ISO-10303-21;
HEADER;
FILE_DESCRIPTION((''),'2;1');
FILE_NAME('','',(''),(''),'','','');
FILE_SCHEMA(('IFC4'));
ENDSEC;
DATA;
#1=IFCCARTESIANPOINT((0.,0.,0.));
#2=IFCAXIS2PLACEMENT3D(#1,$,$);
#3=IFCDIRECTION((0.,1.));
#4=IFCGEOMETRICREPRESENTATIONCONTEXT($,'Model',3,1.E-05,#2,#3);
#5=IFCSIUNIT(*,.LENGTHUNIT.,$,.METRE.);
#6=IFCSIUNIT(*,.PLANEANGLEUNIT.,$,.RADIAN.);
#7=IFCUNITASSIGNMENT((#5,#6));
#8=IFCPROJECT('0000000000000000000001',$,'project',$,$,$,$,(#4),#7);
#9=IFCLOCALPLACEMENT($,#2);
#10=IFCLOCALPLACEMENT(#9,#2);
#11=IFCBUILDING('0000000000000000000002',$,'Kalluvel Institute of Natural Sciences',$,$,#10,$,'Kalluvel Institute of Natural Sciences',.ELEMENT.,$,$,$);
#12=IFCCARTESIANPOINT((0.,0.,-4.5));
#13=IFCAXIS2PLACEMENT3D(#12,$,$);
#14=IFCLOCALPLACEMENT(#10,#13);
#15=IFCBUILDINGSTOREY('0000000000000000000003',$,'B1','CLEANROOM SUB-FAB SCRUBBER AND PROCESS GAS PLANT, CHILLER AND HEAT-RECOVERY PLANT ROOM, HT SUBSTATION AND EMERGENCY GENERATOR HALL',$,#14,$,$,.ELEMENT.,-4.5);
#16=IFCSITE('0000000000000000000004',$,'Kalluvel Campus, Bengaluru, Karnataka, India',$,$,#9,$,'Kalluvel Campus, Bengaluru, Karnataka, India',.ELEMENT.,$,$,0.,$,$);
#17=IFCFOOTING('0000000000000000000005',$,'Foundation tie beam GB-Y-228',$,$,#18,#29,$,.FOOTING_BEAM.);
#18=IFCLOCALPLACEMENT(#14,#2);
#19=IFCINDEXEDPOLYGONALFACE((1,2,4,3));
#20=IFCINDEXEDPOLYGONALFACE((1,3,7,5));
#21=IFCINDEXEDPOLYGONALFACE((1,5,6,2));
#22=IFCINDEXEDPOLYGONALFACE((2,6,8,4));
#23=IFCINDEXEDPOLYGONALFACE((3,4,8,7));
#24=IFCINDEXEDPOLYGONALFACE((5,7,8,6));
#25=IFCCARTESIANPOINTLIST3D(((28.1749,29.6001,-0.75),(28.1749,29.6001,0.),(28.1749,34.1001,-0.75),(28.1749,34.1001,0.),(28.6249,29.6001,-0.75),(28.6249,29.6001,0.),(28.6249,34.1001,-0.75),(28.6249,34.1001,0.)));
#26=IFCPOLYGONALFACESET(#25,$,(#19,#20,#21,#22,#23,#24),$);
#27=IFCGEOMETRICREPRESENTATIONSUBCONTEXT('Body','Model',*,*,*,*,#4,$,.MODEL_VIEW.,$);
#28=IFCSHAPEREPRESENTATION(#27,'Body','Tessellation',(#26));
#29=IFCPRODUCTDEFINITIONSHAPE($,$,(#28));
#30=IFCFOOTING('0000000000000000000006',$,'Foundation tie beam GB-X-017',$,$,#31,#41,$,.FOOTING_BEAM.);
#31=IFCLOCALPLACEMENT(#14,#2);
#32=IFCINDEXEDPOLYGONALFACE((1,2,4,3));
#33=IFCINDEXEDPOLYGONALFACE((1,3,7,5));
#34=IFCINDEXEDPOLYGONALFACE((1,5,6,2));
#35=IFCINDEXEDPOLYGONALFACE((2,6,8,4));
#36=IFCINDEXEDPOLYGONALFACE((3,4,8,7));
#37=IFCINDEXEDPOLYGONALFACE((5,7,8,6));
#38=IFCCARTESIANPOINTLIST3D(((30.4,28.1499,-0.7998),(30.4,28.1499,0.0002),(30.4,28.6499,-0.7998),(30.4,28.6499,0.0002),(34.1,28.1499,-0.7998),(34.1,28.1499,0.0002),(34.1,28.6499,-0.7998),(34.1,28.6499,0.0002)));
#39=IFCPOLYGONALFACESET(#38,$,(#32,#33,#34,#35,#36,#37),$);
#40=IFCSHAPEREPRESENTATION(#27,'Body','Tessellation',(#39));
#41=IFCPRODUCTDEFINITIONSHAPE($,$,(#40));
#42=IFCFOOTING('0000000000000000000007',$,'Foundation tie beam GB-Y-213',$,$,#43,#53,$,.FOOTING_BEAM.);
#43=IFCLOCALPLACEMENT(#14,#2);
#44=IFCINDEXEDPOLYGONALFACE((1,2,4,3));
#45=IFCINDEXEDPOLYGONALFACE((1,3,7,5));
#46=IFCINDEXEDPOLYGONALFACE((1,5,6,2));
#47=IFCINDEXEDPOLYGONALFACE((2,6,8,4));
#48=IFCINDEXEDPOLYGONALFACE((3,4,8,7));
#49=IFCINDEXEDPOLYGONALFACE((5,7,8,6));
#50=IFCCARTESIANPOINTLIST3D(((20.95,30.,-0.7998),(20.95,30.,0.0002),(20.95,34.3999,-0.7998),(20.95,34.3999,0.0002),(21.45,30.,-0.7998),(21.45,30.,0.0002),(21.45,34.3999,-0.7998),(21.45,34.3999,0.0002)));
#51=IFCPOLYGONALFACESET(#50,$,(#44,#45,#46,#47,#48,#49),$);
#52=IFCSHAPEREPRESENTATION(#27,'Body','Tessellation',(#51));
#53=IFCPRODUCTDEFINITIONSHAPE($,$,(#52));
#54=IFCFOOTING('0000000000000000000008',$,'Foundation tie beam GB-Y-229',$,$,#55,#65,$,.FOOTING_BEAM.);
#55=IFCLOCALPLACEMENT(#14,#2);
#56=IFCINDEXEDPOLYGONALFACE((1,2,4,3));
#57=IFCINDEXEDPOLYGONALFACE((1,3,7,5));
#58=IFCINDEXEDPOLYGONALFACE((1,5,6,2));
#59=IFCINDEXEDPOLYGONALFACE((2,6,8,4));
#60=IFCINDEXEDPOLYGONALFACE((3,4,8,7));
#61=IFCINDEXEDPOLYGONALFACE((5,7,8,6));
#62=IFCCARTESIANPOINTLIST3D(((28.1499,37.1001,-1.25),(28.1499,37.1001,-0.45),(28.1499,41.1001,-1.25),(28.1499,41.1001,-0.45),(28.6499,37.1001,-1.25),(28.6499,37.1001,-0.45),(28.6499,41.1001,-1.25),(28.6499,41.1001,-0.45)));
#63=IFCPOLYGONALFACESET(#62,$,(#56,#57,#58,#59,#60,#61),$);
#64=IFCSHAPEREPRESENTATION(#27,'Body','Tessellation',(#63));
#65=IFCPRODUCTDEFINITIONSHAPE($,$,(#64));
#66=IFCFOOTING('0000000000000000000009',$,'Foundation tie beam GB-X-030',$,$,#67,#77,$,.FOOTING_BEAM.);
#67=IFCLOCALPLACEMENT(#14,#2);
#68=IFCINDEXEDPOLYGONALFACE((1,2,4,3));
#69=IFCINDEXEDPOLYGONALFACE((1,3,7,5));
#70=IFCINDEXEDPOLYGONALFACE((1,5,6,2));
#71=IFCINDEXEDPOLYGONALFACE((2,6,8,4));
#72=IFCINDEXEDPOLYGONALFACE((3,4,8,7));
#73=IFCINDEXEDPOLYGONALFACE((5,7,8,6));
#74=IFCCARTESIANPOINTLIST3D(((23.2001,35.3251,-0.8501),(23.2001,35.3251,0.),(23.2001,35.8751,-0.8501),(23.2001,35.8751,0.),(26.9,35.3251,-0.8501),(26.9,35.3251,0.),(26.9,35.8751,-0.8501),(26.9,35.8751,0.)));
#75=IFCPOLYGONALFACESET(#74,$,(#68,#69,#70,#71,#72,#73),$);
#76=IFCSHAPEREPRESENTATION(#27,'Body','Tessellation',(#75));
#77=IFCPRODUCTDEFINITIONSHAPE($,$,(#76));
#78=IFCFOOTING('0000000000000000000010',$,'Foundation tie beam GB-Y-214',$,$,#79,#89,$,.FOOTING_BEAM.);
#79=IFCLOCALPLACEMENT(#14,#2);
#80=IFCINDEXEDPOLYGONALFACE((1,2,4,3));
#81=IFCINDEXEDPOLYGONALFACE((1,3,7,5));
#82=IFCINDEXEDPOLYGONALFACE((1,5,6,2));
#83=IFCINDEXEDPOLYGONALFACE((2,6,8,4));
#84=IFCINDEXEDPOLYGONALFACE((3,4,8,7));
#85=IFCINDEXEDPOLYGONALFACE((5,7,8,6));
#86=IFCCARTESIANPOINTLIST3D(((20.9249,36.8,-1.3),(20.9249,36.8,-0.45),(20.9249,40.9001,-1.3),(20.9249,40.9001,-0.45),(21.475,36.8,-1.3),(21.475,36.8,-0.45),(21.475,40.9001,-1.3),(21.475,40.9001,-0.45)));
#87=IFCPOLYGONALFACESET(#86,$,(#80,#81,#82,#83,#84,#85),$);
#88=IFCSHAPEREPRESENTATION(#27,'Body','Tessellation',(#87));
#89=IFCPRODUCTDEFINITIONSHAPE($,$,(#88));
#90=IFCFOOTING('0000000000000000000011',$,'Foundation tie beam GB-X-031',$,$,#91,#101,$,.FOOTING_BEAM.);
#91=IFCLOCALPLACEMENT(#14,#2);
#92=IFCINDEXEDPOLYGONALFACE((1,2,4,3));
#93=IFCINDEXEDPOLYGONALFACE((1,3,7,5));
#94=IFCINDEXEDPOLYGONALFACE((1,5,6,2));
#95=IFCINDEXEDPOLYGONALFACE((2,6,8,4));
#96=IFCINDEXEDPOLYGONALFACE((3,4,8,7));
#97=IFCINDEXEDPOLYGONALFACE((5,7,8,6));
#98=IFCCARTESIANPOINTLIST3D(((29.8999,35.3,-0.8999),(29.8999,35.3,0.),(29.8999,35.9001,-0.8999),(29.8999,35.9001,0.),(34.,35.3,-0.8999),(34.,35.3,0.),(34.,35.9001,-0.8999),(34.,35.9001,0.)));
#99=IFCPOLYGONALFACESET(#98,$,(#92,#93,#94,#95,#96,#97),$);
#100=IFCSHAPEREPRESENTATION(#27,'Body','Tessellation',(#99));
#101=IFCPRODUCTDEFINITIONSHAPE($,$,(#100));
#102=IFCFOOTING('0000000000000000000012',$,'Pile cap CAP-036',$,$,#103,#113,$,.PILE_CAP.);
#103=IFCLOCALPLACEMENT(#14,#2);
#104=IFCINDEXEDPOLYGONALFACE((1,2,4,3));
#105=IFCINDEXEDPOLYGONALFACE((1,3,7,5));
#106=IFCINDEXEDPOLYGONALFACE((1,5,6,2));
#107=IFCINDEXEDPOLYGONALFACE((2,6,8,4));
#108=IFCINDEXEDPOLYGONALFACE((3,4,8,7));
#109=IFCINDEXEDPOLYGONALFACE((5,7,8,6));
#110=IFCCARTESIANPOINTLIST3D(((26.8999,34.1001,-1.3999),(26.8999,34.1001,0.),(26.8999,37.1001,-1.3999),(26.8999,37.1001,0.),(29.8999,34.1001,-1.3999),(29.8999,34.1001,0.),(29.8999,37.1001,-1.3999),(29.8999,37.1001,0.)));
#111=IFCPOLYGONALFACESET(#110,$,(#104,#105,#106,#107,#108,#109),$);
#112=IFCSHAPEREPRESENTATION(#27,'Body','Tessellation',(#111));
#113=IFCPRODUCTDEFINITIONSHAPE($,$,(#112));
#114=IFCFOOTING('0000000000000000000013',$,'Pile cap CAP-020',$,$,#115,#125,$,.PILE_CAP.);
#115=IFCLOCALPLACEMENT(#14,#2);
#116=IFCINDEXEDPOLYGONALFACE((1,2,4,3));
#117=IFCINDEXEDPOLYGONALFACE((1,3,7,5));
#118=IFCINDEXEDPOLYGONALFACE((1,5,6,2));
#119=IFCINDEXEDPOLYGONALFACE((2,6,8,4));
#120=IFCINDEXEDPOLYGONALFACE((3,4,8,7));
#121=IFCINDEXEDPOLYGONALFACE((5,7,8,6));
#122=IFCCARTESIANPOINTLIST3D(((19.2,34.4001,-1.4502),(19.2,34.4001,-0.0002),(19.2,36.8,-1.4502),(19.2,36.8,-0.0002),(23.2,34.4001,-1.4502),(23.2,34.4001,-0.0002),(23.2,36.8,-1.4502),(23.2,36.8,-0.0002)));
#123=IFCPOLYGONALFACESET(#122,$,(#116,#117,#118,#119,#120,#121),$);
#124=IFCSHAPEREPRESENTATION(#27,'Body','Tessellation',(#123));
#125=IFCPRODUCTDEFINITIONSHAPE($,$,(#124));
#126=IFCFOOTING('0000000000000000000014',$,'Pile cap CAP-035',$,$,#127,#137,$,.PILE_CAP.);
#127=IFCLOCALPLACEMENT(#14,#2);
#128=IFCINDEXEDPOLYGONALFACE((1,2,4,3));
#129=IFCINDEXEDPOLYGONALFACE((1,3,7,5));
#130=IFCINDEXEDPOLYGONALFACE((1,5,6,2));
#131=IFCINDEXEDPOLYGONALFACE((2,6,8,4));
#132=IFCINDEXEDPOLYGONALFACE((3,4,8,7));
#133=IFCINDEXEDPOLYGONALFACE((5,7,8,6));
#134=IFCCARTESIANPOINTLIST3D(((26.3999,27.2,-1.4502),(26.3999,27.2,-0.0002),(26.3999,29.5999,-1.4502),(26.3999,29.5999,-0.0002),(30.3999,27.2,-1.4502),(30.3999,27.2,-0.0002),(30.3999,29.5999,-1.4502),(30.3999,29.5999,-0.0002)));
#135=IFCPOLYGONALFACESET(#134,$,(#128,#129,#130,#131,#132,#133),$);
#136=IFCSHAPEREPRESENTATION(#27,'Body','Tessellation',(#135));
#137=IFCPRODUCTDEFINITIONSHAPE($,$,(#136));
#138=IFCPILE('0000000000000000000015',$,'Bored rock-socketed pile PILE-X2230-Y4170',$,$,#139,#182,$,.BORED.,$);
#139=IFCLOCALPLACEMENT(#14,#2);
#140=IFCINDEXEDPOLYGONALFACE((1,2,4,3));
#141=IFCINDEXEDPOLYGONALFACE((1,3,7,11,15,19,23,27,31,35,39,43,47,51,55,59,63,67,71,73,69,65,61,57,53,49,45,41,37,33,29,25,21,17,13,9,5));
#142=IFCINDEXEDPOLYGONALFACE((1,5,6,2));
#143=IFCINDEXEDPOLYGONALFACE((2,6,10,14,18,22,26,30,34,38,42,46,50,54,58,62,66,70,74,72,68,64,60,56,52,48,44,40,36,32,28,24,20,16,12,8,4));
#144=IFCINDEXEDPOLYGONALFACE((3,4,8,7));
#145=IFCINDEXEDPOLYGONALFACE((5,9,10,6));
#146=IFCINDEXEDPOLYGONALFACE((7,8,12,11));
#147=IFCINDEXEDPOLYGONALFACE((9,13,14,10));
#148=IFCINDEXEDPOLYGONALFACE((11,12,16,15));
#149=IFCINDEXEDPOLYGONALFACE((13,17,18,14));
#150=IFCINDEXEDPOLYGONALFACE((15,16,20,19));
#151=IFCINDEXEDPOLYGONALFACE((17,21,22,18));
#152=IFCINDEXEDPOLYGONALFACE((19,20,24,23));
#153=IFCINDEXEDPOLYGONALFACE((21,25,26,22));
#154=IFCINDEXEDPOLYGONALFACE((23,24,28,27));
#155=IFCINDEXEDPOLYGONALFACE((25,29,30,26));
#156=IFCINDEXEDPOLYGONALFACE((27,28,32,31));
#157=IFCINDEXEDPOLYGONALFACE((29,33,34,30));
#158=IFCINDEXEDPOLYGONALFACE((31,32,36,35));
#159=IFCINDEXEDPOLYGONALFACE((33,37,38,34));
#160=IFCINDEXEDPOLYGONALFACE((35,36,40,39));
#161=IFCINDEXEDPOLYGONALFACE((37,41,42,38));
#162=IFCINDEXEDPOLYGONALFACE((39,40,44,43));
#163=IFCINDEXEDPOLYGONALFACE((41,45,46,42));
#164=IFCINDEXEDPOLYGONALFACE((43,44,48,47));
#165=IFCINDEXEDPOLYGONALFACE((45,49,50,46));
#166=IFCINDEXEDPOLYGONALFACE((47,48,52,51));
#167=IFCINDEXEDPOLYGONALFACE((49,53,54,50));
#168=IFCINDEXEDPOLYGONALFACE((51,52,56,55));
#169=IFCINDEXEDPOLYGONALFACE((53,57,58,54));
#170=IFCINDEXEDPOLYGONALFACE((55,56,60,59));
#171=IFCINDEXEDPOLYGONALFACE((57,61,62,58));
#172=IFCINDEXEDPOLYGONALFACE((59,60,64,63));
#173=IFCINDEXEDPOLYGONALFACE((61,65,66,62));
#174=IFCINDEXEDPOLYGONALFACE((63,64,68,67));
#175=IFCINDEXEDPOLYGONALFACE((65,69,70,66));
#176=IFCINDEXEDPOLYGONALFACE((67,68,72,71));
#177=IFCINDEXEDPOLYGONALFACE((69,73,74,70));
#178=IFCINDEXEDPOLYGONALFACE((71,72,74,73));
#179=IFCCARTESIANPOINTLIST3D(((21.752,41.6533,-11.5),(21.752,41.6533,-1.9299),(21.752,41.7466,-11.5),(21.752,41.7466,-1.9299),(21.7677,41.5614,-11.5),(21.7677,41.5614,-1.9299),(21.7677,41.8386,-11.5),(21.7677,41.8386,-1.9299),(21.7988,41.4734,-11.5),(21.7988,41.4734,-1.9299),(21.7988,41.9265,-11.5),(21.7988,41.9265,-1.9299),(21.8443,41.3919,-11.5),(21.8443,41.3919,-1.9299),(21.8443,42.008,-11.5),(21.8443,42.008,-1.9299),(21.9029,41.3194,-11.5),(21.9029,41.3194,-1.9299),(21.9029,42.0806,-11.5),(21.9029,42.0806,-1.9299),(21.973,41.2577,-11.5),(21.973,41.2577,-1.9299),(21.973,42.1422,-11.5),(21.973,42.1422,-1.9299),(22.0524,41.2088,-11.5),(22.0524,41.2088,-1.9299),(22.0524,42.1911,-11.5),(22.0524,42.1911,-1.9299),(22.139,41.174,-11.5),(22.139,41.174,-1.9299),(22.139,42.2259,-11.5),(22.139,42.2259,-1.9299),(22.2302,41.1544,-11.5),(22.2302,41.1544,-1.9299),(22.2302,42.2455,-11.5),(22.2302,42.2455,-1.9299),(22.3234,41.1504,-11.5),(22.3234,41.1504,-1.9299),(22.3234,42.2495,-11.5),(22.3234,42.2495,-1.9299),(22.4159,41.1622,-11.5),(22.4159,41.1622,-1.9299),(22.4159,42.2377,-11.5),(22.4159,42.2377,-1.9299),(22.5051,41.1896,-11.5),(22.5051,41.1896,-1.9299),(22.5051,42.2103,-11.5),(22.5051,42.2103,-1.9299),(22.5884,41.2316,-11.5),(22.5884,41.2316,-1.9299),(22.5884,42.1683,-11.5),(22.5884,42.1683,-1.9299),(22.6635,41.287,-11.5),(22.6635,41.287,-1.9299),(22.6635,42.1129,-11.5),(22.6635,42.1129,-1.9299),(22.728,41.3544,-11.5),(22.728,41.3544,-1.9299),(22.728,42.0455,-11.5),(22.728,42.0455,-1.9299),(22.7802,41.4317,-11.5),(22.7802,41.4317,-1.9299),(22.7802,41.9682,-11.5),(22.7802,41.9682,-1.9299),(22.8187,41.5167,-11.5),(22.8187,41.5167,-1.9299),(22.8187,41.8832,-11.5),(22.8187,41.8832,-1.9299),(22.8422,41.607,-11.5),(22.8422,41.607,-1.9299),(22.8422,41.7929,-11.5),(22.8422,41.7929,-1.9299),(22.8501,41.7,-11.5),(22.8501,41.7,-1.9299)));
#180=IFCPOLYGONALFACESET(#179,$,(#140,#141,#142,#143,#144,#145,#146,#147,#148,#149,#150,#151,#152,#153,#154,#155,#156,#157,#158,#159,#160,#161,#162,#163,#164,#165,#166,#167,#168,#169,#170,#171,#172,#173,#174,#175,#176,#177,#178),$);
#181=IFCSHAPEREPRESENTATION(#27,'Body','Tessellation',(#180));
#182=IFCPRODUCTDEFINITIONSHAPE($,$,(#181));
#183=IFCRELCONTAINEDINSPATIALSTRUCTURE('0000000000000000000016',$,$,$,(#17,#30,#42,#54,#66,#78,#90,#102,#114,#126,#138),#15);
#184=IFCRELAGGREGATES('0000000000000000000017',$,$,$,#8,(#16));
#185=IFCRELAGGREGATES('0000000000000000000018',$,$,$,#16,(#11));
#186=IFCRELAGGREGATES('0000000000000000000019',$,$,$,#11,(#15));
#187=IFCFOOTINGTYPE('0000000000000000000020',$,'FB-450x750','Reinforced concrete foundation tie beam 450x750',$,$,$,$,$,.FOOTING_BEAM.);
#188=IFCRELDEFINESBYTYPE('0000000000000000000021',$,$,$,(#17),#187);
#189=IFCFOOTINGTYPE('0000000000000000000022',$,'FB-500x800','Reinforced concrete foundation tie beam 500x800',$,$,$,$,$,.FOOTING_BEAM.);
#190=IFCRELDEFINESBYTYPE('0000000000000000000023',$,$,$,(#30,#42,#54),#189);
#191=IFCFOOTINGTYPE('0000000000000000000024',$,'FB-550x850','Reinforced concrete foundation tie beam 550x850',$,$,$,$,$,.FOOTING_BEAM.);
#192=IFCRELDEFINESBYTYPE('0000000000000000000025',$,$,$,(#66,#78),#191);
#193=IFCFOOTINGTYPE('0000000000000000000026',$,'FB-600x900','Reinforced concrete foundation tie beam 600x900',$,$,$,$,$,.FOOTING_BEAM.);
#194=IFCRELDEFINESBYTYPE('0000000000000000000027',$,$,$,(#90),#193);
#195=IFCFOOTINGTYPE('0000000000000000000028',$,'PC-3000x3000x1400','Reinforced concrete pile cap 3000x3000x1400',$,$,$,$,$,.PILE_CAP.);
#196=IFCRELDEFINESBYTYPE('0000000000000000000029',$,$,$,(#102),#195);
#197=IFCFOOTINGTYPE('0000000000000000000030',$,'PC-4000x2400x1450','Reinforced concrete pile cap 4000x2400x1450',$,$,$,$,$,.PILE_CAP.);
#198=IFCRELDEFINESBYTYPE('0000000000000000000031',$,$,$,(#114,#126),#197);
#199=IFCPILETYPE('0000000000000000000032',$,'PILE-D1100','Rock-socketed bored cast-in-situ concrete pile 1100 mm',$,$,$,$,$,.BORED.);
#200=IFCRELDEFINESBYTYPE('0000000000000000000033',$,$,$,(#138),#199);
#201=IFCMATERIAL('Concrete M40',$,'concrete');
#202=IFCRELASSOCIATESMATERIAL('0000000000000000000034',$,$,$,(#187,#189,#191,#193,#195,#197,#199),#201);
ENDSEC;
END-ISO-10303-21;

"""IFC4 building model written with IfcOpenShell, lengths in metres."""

from ifc_helpers import new_model, si_unit, direction, frame, origin, origin_2d, place, context, subcontext, project, spatial, rectangle, circle, extrude, material, material_profile, profile_set, type_object, element, save


model = new_model("IFC4")

# Units and contexts
model_context = context("Model", 3, precision=1e-05, world=origin(), true_north=direction((0.0, 1.0)))
body_context = subcontext(model_context, "Body", "Model", "MODEL_VIEW")
ifc_project = project(units=[si_unit("LENGTHUNIT", "METRE"), si_unit("PLANEANGLEUNIT", "RADIAN")], contexts=[model_context])

# Site, building, storey
site_placement = place(None, origin())
site = spatial("IfcSite", under=ifc_project, at=site_placement, Name="Kalluvel Campus, Bengaluru, Karnataka, India", LongName="Kalluvel Campus, Bengaluru, Karnataka, India", CompositionType="ELEMENT", RefElevation=0.0)
building_placement = place(site_placement, origin())
building = spatial("IfcBuilding", under=site, at=building_placement, Name="Kalluvel Institute of Natural Sciences", LongName="Kalluvel Institute of Natural Sciences", CompositionType="ELEMENT")
storey_placement = place(building_placement, frame((0.0, 0.0, -4.5)))
storey = spatial("IfcBuildingStorey", under=building, at=storey_placement, Name="B1", Description="CLEANROOM SUB-FAB SCRUBBER AND PROCESS GAS PLANT, CHILLER AND HEAT-RECOVERY PLANT ROOM, HT SUBSTATION AND EMERGENCY GENERATOR HALL", CompositionType="ELEMENT", Elevation=-4.5)

# Footings
ifc_material_1 = material(Name="Concrete M40", Category="concrete")
footing_type_1 = type_object("IfcFootingType", Name="FB-450x750", Description="Reinforced concrete foundation tie beam 450x750", PredefinedType="FOOTING_BEAM", material=ifc_material_1)
footing_1_placement = place(storey_placement, frame((28.3999, 31.8501, -0.75), z_axis=(0.0, 0.0, 1.0), x_axis=(1.0, 0.0, 0.0)))
element("IfcFooting", 1, at=footing_1_placement, inside=storey, type_object=footing_type_1, Name="Foundation tie beam GB-Y-228", PredefinedType="FOOTING_BEAM", context=body_context, shape_type="SweptSolid", body=[
    extrude(rectangle(XDim=0.45, YDim=4.5, at=origin_2d()), origin(), (0.0, 0.0, 1.0), 0.75),
])
footing_type_2 = type_object("IfcFootingType", Name="FB-500x800", Description="Reinforced concrete foundation tie beam 500x800", PredefinedType="FOOTING_BEAM", material=ifc_material_1)
footing_2_placement = place(storey_placement, frame((32.25, 28.3999, -0.7998), z_axis=(0.0, 0.0, 1.0), x_axis=(1.0, 0.0, 0.0)))
element("IfcFooting", 2, at=footing_2_placement, inside=storey, type_object=footing_type_2, Name="Foundation tie beam GB-X-017", PredefinedType="FOOTING_BEAM", context=body_context, shape_type="SweptSolid", body=[
    extrude(rectangle(XDim=3.7, YDim=0.5, at=origin_2d()), origin(), (0.0, 0.0, 1.0), 0.8),
])
footing_3_placement = place(storey_placement, frame((21.2, 32.2, -0.7998), z_axis=(0.0, 0.0, 1.0), x_axis=(1.0, 0.0, 0.0)))
element("IfcFooting", 3, at=footing_3_placement, inside=storey, type_object=footing_type_2, Name="Foundation tie beam GB-Y-213", PredefinedType="FOOTING_BEAM", context=body_context, shape_type="SweptSolid", body=[
    extrude(rectangle(XDim=0.5, YDim=4.3999, at=origin_2d()), origin(), (0.0, 0.0, 1.0), 0.8),
])
footing_4_placement = place(storey_placement, frame((28.3999, 39.1001, -1.25), z_axis=(0.0, 0.0, 1.0), x_axis=(1.0, 0.0, 0.0)))
element("IfcFooting", 4, at=footing_4_placement, inside=storey, type_object=footing_type_2, Name="Foundation tie beam GB-Y-229", PredefinedType="FOOTING_BEAM", context=body_context, shape_type="SweptSolid", body=[
    extrude(rectangle(XDim=0.5, YDim=4.0, at=origin_2d()), origin(), (0.0, 0.0, 1.0), 0.8),
])
footing_type_3 = type_object("IfcFootingType", Name="FB-550x850", Description="Reinforced concrete foundation tie beam 550x850", PredefinedType="FOOTING_BEAM", material=ifc_material_1)
footing_5_placement = place(storey_placement, frame((25.05, 35.6001, -0.8501), z_axis=(0.0, 0.0, 1.0), x_axis=(1.0, 0.0, 0.0)))
element("IfcFooting", 5, at=footing_5_placement, inside=storey, type_object=footing_type_3, Name="Foundation tie beam GB-X-030", PredefinedType="FOOTING_BEAM", context=body_context, shape_type="SweptSolid", body=[
    extrude(rectangle(XDim=3.7, YDim=0.55, at=origin_2d()), origin(), (0.0, 0.0, 1.0), 0.8501),
])
footing_6_placement = place(storey_placement, frame((21.2, 38.8501, -1.3), z_axis=(0.0, 0.0, 1.0), x_axis=(1.0, 0.0, 0.0)))
element("IfcFooting", 6, at=footing_6_placement, inside=storey, type_object=footing_type_3, Name="Foundation tie beam GB-Y-214", PredefinedType="FOOTING_BEAM", context=body_context, shape_type="SweptSolid", body=[
    extrude(rectangle(XDim=0.55, YDim=4.1001, at=origin_2d()), origin(), (0.0, 0.0, 1.0), 0.8501),
])
footing_type_4 = type_object("IfcFootingType", Name="FB-600x900", Description="Reinforced concrete foundation tie beam 600x900", PredefinedType="FOOTING_BEAM", material=ifc_material_1)
footing_7_placement = place(storey_placement, frame((31.95, 35.6001, -0.8999), z_axis=(0.0, 0.0, 1.0), x_axis=(1.0, 0.0, 0.0)))
element("IfcFooting", 7, at=footing_7_placement, inside=storey, type_object=footing_type_4, Name="Foundation tie beam GB-X-031", PredefinedType="FOOTING_BEAM", context=body_context, shape_type="SweptSolid", body=[
    extrude(rectangle(XDim=4.1001, YDim=0.6001, at=origin_2d()), origin(), (0.0, 0.0, 1.0), 0.8999),
])
footing_type_5 = type_object("IfcFootingType", Name="PC-3000x3000x1400", Description="Reinforced concrete pile cap 3000x3000x1400", PredefinedType="PILE_CAP", material=ifc_material_1)
footing_8_placement = place(storey_placement, frame((28.3999, 35.6001, -1.3999), z_axis=(0.0, 0.0, 1.0), x_axis=(1.0, 0.0, 0.0)))
element("IfcFooting", 8, at=footing_8_placement, inside=storey, type_object=footing_type_5, Name="Pile cap CAP-036", PredefinedType="PILE_CAP", context=body_context, shape_type="SweptSolid", body=[
    extrude(rectangle(XDim=3.0, YDim=3.0, at=origin_2d()), origin(), (0.0, 0.0, 1.0), 1.3999),
])
footing_type_6 = type_object("IfcFootingType", Name="PC-4000x2400x1450", Description="Reinforced concrete pile cap 4000x2400x1450", PredefinedType="PILE_CAP", material=ifc_material_1)
for number, where, z_axis, x_axis, name in (
    (9, (21.2, 35.6001, -1.4502), (0.0, 0.0, 1.0), (1.0, 0.0, 0.0), "Pile cap CAP-020"),
    (10, (28.3999, 28.3999, -1.4502), (0.0, 0.0, 1.0), (1.0, 0.0, 0.0), "Pile cap CAP-035"),
):
    element("IfcFooting", number, at=place(storey_placement, frame(where, z_axis=z_axis, x_axis=x_axis)), inside=storey, type_object=footing_type_6, Name=name, PredefinedType="PILE_CAP", context=body_context, shape_type="SweptSolid", body=[
        extrude(rectangle(XDim=4.0, YDim=2.3999, at=origin_2d()), origin(), (0.0, 0.0, 1.0), 1.45),
    ])

# Pile
ifc_material_profile_1 = material_profile(ifc_material_1, circle(Radius=0.55, at=origin_2d()), Name="PILE D1100")
ifc_profile_set_1 = profile_set([ifc_material_profile_1], Name="Concrete M40")
pile_type_1 = type_object("IfcPileType", Name="PILE-D1100", Description="Rock-socketed bored cast-in-situ concrete pile 1100 mm", PredefinedType="BORED", material=ifc_profile_set_1)
pile_placement = place(storey_placement, frame((22.3, 41.7, -1.9299), z_axis=(0.0, 0.0, -1.0), x_axis=(1.0, 0.0, 0.0)))
element("IfcPile", 11, at=pile_placement, inside=storey, type_object=pile_type_1, Name="Bored rock-socketed pile PILE-X2230-Y4170", PredefinedType="BORED", context=body_context, shape_type="SweptSolid", body=[
    extrude(circle(Radius=0.55, at=origin_2d()), origin(), (0.0, 0.0, 1.0), 9.5701),
])

save(model, "model.ifc")
